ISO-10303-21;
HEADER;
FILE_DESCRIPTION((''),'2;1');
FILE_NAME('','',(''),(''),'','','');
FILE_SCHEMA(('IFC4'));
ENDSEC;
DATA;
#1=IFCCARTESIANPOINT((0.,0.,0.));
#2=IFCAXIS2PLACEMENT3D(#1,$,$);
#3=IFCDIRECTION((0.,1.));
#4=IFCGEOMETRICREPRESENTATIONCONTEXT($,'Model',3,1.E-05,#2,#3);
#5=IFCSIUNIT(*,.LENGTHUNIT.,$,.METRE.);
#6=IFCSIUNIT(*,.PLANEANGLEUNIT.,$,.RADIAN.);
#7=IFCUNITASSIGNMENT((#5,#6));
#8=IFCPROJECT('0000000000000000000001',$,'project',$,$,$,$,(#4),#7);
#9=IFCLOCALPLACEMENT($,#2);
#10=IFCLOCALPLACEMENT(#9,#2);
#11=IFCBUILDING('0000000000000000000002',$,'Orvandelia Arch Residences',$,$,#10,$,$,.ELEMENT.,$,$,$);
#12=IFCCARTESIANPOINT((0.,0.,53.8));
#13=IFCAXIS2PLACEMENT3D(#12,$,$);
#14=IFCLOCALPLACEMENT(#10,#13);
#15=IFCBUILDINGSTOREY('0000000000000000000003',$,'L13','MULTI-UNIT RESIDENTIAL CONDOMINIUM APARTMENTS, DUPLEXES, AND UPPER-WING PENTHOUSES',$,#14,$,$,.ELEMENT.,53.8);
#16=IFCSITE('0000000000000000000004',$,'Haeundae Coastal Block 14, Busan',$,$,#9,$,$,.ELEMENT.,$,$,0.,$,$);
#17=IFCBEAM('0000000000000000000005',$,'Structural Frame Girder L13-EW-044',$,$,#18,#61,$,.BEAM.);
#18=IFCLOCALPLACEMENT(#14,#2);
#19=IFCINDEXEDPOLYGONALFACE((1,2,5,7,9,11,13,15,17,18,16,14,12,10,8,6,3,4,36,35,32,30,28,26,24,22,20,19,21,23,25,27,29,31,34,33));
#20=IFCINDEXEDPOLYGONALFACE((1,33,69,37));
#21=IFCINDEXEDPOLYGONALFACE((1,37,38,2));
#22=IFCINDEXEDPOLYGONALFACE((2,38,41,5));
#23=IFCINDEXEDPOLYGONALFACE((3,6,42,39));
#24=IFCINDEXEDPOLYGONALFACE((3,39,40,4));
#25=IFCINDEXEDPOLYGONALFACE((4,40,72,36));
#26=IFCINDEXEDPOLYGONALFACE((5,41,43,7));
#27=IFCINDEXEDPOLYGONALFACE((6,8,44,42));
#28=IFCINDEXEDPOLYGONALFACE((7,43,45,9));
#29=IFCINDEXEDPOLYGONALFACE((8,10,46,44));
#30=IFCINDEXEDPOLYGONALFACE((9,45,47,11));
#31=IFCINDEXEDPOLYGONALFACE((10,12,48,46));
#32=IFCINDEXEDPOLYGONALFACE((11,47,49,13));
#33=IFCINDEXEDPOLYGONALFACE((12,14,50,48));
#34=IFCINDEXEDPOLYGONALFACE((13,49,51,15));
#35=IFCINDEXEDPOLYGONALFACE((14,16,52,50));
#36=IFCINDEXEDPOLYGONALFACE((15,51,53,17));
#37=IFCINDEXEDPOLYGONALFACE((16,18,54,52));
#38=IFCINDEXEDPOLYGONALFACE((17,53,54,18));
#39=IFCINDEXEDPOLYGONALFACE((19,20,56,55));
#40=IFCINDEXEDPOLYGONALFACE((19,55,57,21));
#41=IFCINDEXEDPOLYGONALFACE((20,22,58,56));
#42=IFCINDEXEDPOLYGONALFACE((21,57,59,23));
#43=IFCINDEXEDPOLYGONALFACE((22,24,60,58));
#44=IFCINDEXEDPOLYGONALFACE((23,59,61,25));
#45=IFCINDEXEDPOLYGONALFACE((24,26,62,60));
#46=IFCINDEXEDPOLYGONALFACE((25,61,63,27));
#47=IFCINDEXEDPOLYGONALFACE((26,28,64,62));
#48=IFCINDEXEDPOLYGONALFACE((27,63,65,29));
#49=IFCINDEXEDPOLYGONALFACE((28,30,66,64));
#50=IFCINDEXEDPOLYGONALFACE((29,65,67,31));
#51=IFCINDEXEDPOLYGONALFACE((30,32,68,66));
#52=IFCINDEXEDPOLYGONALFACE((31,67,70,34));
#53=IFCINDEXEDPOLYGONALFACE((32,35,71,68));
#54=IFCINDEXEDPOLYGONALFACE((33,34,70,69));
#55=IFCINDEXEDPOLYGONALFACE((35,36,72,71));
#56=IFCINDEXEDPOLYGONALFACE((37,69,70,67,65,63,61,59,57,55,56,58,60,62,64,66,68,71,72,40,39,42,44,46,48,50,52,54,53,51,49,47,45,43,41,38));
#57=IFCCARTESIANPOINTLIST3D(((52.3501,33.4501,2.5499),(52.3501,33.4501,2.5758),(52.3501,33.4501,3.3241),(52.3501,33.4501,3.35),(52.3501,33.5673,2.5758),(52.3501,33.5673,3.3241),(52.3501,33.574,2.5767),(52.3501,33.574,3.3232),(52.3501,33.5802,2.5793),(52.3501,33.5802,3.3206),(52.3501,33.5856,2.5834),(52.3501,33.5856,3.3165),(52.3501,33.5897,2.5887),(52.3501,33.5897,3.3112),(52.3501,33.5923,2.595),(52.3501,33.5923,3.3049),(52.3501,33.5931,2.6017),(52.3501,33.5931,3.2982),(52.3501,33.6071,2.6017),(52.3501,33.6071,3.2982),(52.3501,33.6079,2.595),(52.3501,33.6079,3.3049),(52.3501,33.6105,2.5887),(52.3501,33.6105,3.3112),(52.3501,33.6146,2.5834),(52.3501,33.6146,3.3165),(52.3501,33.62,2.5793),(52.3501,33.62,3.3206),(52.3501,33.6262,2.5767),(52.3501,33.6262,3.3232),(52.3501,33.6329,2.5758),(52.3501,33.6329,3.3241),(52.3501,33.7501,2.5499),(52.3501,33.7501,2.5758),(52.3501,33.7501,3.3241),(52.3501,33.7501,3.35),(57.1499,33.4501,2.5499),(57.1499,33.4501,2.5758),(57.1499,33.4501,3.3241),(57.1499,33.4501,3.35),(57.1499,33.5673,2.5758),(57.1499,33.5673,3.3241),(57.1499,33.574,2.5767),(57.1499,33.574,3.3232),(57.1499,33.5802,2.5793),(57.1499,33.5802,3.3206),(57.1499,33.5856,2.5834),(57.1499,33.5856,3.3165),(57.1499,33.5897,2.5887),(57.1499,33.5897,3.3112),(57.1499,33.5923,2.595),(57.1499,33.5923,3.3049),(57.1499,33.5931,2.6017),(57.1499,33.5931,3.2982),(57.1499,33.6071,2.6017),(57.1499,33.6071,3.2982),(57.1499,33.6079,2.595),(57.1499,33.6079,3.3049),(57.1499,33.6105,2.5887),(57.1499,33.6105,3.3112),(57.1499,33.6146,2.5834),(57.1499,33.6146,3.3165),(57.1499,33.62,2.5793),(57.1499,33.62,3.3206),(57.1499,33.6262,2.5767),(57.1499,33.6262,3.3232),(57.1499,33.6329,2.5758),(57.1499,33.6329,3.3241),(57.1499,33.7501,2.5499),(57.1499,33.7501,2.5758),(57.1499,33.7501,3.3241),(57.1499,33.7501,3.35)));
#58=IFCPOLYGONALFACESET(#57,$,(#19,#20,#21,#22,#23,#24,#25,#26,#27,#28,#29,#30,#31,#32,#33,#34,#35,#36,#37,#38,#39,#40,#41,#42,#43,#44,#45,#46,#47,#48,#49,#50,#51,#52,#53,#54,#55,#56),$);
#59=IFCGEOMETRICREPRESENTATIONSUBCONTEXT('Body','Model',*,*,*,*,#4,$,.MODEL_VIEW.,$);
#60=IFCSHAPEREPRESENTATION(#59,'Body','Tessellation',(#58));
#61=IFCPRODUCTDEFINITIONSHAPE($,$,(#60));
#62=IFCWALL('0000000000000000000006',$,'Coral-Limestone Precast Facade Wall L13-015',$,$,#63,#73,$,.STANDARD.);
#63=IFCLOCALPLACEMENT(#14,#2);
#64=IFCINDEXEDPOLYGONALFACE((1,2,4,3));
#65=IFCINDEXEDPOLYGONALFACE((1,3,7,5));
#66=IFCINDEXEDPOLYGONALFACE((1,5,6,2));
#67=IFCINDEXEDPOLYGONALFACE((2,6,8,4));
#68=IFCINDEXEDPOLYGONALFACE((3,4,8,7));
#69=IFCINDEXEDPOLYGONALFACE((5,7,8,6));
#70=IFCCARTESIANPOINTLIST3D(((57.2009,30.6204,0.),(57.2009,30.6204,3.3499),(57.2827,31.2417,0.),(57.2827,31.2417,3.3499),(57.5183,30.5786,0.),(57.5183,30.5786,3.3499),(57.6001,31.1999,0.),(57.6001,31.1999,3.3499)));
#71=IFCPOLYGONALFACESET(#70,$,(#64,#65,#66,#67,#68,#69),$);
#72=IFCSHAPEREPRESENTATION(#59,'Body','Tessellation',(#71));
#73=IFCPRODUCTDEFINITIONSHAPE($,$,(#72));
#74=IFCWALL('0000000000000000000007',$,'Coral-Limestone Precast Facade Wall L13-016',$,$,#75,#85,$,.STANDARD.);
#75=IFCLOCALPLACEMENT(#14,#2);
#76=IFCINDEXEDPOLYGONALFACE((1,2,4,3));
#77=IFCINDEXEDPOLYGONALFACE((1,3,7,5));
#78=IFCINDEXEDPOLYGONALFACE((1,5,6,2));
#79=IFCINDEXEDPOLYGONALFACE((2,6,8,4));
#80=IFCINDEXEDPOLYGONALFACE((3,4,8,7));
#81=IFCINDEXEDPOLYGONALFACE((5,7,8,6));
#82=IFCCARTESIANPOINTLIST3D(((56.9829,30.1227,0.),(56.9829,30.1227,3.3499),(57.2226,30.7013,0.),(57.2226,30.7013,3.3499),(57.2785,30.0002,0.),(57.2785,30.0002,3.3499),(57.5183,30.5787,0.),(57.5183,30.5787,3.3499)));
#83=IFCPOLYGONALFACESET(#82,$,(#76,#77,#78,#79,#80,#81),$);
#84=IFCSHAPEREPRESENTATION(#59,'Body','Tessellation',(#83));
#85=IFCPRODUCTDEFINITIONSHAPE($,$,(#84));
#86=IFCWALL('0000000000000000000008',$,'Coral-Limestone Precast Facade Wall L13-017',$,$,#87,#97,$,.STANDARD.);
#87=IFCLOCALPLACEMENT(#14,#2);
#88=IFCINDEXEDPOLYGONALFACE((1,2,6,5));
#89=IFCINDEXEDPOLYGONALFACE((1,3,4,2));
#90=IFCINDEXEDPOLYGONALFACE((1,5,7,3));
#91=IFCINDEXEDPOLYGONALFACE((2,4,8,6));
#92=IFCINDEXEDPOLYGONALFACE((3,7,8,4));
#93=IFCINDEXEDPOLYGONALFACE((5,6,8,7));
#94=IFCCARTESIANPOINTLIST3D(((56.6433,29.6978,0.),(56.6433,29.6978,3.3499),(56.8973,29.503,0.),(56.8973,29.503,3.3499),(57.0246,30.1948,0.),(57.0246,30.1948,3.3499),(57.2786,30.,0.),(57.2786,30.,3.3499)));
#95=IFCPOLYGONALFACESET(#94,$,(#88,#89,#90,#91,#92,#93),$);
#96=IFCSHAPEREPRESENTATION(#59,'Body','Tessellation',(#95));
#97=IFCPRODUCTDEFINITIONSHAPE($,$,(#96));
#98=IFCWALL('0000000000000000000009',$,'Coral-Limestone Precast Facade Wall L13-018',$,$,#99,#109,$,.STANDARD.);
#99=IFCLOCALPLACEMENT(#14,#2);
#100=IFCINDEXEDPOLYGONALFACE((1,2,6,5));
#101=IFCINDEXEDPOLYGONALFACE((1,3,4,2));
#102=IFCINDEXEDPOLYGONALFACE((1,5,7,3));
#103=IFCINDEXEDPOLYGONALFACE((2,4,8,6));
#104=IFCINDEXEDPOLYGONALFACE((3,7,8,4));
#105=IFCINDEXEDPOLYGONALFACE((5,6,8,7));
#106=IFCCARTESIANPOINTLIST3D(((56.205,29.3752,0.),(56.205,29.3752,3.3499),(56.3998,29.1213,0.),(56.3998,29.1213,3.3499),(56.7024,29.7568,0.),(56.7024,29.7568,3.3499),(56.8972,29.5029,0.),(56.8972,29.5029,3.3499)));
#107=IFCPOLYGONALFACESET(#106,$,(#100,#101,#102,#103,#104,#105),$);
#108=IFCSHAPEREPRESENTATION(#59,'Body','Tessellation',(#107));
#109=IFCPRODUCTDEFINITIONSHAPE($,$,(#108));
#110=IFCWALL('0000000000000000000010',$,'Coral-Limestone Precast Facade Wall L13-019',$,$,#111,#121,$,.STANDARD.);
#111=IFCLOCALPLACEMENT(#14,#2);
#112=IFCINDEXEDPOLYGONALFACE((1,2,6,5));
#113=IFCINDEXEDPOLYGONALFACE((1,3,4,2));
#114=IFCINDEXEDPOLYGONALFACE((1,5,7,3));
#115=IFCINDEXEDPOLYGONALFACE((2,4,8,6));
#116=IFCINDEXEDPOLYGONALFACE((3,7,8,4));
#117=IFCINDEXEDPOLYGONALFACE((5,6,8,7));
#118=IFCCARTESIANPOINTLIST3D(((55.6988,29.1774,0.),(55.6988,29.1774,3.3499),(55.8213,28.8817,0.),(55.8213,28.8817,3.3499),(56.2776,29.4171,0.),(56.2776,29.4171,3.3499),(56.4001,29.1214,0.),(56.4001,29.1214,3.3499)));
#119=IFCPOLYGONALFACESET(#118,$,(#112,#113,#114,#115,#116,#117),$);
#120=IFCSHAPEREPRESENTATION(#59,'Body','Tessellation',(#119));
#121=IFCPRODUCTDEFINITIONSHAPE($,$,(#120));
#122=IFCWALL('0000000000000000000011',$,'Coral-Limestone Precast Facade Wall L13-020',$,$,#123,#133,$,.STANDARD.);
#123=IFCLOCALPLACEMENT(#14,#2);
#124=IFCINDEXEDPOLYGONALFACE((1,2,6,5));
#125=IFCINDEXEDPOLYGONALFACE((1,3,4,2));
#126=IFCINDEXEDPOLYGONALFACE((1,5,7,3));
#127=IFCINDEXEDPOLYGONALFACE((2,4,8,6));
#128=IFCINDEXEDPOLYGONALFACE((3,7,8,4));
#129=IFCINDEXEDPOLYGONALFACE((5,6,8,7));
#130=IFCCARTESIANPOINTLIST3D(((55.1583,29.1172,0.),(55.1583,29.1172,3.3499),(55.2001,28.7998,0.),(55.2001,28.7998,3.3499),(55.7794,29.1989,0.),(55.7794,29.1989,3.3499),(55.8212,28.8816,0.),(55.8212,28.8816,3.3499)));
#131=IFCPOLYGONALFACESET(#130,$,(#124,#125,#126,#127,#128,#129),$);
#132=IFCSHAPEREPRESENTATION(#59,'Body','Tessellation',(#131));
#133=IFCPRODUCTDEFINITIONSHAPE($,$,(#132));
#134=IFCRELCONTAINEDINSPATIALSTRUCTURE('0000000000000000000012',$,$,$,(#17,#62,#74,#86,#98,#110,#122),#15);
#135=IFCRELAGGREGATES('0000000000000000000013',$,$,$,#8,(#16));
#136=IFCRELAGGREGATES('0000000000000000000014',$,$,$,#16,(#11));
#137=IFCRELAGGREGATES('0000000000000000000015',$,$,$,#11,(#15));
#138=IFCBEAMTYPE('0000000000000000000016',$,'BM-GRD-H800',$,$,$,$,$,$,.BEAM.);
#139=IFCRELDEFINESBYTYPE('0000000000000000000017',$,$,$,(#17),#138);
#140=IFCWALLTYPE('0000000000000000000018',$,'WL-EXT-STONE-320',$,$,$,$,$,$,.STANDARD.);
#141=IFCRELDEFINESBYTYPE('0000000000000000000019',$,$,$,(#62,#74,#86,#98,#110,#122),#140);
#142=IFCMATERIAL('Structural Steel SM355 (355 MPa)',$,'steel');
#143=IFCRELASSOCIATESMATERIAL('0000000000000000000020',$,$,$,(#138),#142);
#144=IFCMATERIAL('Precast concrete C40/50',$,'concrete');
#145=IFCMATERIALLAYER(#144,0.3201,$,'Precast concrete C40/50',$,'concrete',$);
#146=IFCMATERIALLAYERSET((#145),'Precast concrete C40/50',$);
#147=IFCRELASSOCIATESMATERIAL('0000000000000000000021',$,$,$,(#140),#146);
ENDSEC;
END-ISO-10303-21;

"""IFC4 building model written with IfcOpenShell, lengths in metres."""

from ifc_helpers import new_model, si_unit, direction, frame, frame_2d, origin, origin_2d, place, context, subcontext, project, spatial, rectangle, i_section, extrude, material, layer, layer_set, material_profile, profile_set, type_object, element, save


model = new_model("IFC4")

# Units and contexts
model_context = context("Model", 3, precision=1e-05, world=origin(), true_north=direction((0.0, 1.0)))
body_context = subcontext(model_context, "Body", "Model", "MODEL_VIEW")
ifc_project = project(units=[si_unit("LENGTHUNIT", "METRE"), si_unit("PLANEANGLEUNIT", "RADIAN")], contexts=[model_context])

# Site, building, storey
site_placement = place(None, origin())
site = spatial("IfcSite", under=ifc_project, at=site_placement, Name="Haeundae Coastal Block 14, Busan", CompositionType="ELEMENT", RefElevation=0.0)
building_placement = place(site_placement, origin())
building = spatial("IfcBuilding", under=site, at=building_placement, Name="Orvandelia Arch Residences", CompositionType="ELEMENT")
storey_placement = place(building_placement, frame((0.0, 0.0, 53.8)))
storey = spatial("IfcBuildingStorey", under=building, at=storey_placement, Name="L13", Description="MULTI-UNIT RESIDENTIAL CONDOMINIUM APARTMENTS, DUPLEXES, AND UPPER-WING PENTHOUSES", CompositionType="ELEMENT", Elevation=53.8)

# Beam
ifc_material_1 = material(Name="Structural Steel SM355 (355 MPa)", Category="steel")
ifc_material_profile_1 = material_profile(ifc_material_1, i_section(OverallWidth=0.3, OverallDepth=0.8, WebThickness=0.0139, FlangeThickness=0.0259, FilletRadius=0.0259, at=origin_2d()), Name="Structural Steel SM355 (355 MPa)", Category="steel")
ifc_profile_set_1 = profile_set([ifc_material_profile_1], Name="Structural Steel SM355 (355 MPa)")
beam_type = type_object("IfcBeamType", Name="BM-GRD-H800", PredefinedType="BEAM", material=ifc_profile_set_1)
for number, where, z_axis, x_axis, name in (
    (1, (52.3501, 33.6001, 2.95), (1.0, 0.0, 0.0), (0.0, 1.0, 0.0), "Structural Frame Girder L13-EW-044"),
):
    element("IfcBeam", number, at=place(storey_placement, frame(where, z_axis=z_axis, x_axis=x_axis)), inside=storey, type_object=beam_type, Name=name, PredefinedType="BEAM", context=body_context, shape_type="SweptSolid", body=[
        extrude(i_section(OverallWidth=0.3, OverallDepth=0.8, WebThickness=0.0139, FlangeThickness=0.0259, FilletRadius=0.0259, at=origin_2d()), origin(), (0.0, 0.0, 1.0), 4.7998),
    ])

# Walls
ifc_material_2 = material(Name="Precast concrete C40/50", Category="concrete")
ifc_layer_1 = layer(ifc_material_2, 0.3201, Name="Precast concrete C40/50", Category="concrete")
ifc_layer_set_1 = layer_set([ifc_layer_1], Name="Precast concrete C40/50")
wall_type_1 = type_object("IfcWallType", Name="WL-EXT-STONE-320", PredefinedType="STANDARD", material=ifc_layer_set_1)
wall_1_placement = place(storey_placement, frame((57.4414, 31.2209, 0.0), z_axis=(0.0, 0.0, 1.0), x_axis=(-0.130505, -0.991448, 0.0)))
element("IfcWall", 2, at=wall_1_placement, inside=storey, type_object=wall_type_1, Name="Coral-Limestone Precast Facade Wall L13-015", PredefinedType="STANDARD", context=body_context, shape_type="SweptSolid", body=[
    extrude(rectangle(XDim=0.6267, YDim=0.3201, at=frame_2d((0.3135, 0.0))), origin(), (0.0, 0.0, 1.0), 3.3499),
])
wall_2_placement = place(storey_placement, frame((57.3704, 30.6399, 0.0), z_axis=(0.0, 0.0, 1.0), x_axis=(-0.382788, -0.923836, 0.0)))
element("IfcWall", 3, at=wall_2_placement, inside=storey, type_object=wall_type_1, Name="Coral-Limestone Precast Facade Wall L13-016", PredefinedType="STANDARD", context=body_context, shape_type="SweptSolid", body=[
    extrude(rectangle(XDim=0.6262, YDim=0.3201, at=frame_2d((0.313, 0.0))), origin(), (0.0, 0.0, 1.0), 3.3499),
])
wall_3_placement = place(storey_placement, frame((57.1516, 30.0974, 0.0), z_axis=(0.0, 0.0, 1.0), x_axis=(-0.608693, -0.793406, 0.0)))
element("IfcWall", 4, at=wall_3_placement, inside=storey, type_object=wall_type_1, Name="Coral-Limestone Precast Facade Wall L13-017", PredefinedType="STANDARD", context=body_context, shape_type="SweptSolid", body=[
    extrude(rectangle(XDim=0.6265, YDim=0.3201, at=frame_2d((0.3132, 0.0))), origin(), (0.0, 0.0, 1.0), 3.3499),
])
wall_4_placement = place(storey_placement, frame((56.7998, 29.6299, 0.0), z_axis=(0.0, 0.0, 1.0), x_axis=(-0.793362, -0.60875, 0.0)))
element("IfcWall", 5, at=wall_4_placement, inside=storey, type_object=wall_type_1, Name="Coral-Limestone Precast Facade Wall L13-018", PredefinedType="STANDARD", context=body_context, shape_type="SweptSolid", body=[
    extrude(rectangle(XDim=0.627, YDim=0.3201, at=frame_2d((0.3135, 0.0))), origin(), (0.0, 0.0, 1.0), 3.3499),
])
for number, where, z_axis, x_axis, name in (
    (6, (56.3389, 29.2693, 0.0), (0.0, 0.0, 1.0), (-0.923893, -0.38265, 0.0), "Coral-Limestone Precast Facade Wall L13-019"),
    (7, (55.8003, 29.0403, 0.0), (0.0, 0.0, 1.0), (-0.991441, -0.130555, 0.0), "Coral-Limestone Precast Facade Wall L13-020"),
):
    element("IfcWall", number, at=place(storey_placement, frame(where, z_axis=z_axis, x_axis=x_axis)), inside=storey, type_object=wall_type_1, Name=name, PredefinedType="STANDARD", context=body_context, shape_type="SweptSolid", body=[
        extrude(rectangle(XDim=0.6265, YDim=0.3201, at=frame_2d((0.3132, 0.0))), origin(), (0.0, 0.0, 1.0), 3.3499),
    ])

save(model, "model.ifc")
